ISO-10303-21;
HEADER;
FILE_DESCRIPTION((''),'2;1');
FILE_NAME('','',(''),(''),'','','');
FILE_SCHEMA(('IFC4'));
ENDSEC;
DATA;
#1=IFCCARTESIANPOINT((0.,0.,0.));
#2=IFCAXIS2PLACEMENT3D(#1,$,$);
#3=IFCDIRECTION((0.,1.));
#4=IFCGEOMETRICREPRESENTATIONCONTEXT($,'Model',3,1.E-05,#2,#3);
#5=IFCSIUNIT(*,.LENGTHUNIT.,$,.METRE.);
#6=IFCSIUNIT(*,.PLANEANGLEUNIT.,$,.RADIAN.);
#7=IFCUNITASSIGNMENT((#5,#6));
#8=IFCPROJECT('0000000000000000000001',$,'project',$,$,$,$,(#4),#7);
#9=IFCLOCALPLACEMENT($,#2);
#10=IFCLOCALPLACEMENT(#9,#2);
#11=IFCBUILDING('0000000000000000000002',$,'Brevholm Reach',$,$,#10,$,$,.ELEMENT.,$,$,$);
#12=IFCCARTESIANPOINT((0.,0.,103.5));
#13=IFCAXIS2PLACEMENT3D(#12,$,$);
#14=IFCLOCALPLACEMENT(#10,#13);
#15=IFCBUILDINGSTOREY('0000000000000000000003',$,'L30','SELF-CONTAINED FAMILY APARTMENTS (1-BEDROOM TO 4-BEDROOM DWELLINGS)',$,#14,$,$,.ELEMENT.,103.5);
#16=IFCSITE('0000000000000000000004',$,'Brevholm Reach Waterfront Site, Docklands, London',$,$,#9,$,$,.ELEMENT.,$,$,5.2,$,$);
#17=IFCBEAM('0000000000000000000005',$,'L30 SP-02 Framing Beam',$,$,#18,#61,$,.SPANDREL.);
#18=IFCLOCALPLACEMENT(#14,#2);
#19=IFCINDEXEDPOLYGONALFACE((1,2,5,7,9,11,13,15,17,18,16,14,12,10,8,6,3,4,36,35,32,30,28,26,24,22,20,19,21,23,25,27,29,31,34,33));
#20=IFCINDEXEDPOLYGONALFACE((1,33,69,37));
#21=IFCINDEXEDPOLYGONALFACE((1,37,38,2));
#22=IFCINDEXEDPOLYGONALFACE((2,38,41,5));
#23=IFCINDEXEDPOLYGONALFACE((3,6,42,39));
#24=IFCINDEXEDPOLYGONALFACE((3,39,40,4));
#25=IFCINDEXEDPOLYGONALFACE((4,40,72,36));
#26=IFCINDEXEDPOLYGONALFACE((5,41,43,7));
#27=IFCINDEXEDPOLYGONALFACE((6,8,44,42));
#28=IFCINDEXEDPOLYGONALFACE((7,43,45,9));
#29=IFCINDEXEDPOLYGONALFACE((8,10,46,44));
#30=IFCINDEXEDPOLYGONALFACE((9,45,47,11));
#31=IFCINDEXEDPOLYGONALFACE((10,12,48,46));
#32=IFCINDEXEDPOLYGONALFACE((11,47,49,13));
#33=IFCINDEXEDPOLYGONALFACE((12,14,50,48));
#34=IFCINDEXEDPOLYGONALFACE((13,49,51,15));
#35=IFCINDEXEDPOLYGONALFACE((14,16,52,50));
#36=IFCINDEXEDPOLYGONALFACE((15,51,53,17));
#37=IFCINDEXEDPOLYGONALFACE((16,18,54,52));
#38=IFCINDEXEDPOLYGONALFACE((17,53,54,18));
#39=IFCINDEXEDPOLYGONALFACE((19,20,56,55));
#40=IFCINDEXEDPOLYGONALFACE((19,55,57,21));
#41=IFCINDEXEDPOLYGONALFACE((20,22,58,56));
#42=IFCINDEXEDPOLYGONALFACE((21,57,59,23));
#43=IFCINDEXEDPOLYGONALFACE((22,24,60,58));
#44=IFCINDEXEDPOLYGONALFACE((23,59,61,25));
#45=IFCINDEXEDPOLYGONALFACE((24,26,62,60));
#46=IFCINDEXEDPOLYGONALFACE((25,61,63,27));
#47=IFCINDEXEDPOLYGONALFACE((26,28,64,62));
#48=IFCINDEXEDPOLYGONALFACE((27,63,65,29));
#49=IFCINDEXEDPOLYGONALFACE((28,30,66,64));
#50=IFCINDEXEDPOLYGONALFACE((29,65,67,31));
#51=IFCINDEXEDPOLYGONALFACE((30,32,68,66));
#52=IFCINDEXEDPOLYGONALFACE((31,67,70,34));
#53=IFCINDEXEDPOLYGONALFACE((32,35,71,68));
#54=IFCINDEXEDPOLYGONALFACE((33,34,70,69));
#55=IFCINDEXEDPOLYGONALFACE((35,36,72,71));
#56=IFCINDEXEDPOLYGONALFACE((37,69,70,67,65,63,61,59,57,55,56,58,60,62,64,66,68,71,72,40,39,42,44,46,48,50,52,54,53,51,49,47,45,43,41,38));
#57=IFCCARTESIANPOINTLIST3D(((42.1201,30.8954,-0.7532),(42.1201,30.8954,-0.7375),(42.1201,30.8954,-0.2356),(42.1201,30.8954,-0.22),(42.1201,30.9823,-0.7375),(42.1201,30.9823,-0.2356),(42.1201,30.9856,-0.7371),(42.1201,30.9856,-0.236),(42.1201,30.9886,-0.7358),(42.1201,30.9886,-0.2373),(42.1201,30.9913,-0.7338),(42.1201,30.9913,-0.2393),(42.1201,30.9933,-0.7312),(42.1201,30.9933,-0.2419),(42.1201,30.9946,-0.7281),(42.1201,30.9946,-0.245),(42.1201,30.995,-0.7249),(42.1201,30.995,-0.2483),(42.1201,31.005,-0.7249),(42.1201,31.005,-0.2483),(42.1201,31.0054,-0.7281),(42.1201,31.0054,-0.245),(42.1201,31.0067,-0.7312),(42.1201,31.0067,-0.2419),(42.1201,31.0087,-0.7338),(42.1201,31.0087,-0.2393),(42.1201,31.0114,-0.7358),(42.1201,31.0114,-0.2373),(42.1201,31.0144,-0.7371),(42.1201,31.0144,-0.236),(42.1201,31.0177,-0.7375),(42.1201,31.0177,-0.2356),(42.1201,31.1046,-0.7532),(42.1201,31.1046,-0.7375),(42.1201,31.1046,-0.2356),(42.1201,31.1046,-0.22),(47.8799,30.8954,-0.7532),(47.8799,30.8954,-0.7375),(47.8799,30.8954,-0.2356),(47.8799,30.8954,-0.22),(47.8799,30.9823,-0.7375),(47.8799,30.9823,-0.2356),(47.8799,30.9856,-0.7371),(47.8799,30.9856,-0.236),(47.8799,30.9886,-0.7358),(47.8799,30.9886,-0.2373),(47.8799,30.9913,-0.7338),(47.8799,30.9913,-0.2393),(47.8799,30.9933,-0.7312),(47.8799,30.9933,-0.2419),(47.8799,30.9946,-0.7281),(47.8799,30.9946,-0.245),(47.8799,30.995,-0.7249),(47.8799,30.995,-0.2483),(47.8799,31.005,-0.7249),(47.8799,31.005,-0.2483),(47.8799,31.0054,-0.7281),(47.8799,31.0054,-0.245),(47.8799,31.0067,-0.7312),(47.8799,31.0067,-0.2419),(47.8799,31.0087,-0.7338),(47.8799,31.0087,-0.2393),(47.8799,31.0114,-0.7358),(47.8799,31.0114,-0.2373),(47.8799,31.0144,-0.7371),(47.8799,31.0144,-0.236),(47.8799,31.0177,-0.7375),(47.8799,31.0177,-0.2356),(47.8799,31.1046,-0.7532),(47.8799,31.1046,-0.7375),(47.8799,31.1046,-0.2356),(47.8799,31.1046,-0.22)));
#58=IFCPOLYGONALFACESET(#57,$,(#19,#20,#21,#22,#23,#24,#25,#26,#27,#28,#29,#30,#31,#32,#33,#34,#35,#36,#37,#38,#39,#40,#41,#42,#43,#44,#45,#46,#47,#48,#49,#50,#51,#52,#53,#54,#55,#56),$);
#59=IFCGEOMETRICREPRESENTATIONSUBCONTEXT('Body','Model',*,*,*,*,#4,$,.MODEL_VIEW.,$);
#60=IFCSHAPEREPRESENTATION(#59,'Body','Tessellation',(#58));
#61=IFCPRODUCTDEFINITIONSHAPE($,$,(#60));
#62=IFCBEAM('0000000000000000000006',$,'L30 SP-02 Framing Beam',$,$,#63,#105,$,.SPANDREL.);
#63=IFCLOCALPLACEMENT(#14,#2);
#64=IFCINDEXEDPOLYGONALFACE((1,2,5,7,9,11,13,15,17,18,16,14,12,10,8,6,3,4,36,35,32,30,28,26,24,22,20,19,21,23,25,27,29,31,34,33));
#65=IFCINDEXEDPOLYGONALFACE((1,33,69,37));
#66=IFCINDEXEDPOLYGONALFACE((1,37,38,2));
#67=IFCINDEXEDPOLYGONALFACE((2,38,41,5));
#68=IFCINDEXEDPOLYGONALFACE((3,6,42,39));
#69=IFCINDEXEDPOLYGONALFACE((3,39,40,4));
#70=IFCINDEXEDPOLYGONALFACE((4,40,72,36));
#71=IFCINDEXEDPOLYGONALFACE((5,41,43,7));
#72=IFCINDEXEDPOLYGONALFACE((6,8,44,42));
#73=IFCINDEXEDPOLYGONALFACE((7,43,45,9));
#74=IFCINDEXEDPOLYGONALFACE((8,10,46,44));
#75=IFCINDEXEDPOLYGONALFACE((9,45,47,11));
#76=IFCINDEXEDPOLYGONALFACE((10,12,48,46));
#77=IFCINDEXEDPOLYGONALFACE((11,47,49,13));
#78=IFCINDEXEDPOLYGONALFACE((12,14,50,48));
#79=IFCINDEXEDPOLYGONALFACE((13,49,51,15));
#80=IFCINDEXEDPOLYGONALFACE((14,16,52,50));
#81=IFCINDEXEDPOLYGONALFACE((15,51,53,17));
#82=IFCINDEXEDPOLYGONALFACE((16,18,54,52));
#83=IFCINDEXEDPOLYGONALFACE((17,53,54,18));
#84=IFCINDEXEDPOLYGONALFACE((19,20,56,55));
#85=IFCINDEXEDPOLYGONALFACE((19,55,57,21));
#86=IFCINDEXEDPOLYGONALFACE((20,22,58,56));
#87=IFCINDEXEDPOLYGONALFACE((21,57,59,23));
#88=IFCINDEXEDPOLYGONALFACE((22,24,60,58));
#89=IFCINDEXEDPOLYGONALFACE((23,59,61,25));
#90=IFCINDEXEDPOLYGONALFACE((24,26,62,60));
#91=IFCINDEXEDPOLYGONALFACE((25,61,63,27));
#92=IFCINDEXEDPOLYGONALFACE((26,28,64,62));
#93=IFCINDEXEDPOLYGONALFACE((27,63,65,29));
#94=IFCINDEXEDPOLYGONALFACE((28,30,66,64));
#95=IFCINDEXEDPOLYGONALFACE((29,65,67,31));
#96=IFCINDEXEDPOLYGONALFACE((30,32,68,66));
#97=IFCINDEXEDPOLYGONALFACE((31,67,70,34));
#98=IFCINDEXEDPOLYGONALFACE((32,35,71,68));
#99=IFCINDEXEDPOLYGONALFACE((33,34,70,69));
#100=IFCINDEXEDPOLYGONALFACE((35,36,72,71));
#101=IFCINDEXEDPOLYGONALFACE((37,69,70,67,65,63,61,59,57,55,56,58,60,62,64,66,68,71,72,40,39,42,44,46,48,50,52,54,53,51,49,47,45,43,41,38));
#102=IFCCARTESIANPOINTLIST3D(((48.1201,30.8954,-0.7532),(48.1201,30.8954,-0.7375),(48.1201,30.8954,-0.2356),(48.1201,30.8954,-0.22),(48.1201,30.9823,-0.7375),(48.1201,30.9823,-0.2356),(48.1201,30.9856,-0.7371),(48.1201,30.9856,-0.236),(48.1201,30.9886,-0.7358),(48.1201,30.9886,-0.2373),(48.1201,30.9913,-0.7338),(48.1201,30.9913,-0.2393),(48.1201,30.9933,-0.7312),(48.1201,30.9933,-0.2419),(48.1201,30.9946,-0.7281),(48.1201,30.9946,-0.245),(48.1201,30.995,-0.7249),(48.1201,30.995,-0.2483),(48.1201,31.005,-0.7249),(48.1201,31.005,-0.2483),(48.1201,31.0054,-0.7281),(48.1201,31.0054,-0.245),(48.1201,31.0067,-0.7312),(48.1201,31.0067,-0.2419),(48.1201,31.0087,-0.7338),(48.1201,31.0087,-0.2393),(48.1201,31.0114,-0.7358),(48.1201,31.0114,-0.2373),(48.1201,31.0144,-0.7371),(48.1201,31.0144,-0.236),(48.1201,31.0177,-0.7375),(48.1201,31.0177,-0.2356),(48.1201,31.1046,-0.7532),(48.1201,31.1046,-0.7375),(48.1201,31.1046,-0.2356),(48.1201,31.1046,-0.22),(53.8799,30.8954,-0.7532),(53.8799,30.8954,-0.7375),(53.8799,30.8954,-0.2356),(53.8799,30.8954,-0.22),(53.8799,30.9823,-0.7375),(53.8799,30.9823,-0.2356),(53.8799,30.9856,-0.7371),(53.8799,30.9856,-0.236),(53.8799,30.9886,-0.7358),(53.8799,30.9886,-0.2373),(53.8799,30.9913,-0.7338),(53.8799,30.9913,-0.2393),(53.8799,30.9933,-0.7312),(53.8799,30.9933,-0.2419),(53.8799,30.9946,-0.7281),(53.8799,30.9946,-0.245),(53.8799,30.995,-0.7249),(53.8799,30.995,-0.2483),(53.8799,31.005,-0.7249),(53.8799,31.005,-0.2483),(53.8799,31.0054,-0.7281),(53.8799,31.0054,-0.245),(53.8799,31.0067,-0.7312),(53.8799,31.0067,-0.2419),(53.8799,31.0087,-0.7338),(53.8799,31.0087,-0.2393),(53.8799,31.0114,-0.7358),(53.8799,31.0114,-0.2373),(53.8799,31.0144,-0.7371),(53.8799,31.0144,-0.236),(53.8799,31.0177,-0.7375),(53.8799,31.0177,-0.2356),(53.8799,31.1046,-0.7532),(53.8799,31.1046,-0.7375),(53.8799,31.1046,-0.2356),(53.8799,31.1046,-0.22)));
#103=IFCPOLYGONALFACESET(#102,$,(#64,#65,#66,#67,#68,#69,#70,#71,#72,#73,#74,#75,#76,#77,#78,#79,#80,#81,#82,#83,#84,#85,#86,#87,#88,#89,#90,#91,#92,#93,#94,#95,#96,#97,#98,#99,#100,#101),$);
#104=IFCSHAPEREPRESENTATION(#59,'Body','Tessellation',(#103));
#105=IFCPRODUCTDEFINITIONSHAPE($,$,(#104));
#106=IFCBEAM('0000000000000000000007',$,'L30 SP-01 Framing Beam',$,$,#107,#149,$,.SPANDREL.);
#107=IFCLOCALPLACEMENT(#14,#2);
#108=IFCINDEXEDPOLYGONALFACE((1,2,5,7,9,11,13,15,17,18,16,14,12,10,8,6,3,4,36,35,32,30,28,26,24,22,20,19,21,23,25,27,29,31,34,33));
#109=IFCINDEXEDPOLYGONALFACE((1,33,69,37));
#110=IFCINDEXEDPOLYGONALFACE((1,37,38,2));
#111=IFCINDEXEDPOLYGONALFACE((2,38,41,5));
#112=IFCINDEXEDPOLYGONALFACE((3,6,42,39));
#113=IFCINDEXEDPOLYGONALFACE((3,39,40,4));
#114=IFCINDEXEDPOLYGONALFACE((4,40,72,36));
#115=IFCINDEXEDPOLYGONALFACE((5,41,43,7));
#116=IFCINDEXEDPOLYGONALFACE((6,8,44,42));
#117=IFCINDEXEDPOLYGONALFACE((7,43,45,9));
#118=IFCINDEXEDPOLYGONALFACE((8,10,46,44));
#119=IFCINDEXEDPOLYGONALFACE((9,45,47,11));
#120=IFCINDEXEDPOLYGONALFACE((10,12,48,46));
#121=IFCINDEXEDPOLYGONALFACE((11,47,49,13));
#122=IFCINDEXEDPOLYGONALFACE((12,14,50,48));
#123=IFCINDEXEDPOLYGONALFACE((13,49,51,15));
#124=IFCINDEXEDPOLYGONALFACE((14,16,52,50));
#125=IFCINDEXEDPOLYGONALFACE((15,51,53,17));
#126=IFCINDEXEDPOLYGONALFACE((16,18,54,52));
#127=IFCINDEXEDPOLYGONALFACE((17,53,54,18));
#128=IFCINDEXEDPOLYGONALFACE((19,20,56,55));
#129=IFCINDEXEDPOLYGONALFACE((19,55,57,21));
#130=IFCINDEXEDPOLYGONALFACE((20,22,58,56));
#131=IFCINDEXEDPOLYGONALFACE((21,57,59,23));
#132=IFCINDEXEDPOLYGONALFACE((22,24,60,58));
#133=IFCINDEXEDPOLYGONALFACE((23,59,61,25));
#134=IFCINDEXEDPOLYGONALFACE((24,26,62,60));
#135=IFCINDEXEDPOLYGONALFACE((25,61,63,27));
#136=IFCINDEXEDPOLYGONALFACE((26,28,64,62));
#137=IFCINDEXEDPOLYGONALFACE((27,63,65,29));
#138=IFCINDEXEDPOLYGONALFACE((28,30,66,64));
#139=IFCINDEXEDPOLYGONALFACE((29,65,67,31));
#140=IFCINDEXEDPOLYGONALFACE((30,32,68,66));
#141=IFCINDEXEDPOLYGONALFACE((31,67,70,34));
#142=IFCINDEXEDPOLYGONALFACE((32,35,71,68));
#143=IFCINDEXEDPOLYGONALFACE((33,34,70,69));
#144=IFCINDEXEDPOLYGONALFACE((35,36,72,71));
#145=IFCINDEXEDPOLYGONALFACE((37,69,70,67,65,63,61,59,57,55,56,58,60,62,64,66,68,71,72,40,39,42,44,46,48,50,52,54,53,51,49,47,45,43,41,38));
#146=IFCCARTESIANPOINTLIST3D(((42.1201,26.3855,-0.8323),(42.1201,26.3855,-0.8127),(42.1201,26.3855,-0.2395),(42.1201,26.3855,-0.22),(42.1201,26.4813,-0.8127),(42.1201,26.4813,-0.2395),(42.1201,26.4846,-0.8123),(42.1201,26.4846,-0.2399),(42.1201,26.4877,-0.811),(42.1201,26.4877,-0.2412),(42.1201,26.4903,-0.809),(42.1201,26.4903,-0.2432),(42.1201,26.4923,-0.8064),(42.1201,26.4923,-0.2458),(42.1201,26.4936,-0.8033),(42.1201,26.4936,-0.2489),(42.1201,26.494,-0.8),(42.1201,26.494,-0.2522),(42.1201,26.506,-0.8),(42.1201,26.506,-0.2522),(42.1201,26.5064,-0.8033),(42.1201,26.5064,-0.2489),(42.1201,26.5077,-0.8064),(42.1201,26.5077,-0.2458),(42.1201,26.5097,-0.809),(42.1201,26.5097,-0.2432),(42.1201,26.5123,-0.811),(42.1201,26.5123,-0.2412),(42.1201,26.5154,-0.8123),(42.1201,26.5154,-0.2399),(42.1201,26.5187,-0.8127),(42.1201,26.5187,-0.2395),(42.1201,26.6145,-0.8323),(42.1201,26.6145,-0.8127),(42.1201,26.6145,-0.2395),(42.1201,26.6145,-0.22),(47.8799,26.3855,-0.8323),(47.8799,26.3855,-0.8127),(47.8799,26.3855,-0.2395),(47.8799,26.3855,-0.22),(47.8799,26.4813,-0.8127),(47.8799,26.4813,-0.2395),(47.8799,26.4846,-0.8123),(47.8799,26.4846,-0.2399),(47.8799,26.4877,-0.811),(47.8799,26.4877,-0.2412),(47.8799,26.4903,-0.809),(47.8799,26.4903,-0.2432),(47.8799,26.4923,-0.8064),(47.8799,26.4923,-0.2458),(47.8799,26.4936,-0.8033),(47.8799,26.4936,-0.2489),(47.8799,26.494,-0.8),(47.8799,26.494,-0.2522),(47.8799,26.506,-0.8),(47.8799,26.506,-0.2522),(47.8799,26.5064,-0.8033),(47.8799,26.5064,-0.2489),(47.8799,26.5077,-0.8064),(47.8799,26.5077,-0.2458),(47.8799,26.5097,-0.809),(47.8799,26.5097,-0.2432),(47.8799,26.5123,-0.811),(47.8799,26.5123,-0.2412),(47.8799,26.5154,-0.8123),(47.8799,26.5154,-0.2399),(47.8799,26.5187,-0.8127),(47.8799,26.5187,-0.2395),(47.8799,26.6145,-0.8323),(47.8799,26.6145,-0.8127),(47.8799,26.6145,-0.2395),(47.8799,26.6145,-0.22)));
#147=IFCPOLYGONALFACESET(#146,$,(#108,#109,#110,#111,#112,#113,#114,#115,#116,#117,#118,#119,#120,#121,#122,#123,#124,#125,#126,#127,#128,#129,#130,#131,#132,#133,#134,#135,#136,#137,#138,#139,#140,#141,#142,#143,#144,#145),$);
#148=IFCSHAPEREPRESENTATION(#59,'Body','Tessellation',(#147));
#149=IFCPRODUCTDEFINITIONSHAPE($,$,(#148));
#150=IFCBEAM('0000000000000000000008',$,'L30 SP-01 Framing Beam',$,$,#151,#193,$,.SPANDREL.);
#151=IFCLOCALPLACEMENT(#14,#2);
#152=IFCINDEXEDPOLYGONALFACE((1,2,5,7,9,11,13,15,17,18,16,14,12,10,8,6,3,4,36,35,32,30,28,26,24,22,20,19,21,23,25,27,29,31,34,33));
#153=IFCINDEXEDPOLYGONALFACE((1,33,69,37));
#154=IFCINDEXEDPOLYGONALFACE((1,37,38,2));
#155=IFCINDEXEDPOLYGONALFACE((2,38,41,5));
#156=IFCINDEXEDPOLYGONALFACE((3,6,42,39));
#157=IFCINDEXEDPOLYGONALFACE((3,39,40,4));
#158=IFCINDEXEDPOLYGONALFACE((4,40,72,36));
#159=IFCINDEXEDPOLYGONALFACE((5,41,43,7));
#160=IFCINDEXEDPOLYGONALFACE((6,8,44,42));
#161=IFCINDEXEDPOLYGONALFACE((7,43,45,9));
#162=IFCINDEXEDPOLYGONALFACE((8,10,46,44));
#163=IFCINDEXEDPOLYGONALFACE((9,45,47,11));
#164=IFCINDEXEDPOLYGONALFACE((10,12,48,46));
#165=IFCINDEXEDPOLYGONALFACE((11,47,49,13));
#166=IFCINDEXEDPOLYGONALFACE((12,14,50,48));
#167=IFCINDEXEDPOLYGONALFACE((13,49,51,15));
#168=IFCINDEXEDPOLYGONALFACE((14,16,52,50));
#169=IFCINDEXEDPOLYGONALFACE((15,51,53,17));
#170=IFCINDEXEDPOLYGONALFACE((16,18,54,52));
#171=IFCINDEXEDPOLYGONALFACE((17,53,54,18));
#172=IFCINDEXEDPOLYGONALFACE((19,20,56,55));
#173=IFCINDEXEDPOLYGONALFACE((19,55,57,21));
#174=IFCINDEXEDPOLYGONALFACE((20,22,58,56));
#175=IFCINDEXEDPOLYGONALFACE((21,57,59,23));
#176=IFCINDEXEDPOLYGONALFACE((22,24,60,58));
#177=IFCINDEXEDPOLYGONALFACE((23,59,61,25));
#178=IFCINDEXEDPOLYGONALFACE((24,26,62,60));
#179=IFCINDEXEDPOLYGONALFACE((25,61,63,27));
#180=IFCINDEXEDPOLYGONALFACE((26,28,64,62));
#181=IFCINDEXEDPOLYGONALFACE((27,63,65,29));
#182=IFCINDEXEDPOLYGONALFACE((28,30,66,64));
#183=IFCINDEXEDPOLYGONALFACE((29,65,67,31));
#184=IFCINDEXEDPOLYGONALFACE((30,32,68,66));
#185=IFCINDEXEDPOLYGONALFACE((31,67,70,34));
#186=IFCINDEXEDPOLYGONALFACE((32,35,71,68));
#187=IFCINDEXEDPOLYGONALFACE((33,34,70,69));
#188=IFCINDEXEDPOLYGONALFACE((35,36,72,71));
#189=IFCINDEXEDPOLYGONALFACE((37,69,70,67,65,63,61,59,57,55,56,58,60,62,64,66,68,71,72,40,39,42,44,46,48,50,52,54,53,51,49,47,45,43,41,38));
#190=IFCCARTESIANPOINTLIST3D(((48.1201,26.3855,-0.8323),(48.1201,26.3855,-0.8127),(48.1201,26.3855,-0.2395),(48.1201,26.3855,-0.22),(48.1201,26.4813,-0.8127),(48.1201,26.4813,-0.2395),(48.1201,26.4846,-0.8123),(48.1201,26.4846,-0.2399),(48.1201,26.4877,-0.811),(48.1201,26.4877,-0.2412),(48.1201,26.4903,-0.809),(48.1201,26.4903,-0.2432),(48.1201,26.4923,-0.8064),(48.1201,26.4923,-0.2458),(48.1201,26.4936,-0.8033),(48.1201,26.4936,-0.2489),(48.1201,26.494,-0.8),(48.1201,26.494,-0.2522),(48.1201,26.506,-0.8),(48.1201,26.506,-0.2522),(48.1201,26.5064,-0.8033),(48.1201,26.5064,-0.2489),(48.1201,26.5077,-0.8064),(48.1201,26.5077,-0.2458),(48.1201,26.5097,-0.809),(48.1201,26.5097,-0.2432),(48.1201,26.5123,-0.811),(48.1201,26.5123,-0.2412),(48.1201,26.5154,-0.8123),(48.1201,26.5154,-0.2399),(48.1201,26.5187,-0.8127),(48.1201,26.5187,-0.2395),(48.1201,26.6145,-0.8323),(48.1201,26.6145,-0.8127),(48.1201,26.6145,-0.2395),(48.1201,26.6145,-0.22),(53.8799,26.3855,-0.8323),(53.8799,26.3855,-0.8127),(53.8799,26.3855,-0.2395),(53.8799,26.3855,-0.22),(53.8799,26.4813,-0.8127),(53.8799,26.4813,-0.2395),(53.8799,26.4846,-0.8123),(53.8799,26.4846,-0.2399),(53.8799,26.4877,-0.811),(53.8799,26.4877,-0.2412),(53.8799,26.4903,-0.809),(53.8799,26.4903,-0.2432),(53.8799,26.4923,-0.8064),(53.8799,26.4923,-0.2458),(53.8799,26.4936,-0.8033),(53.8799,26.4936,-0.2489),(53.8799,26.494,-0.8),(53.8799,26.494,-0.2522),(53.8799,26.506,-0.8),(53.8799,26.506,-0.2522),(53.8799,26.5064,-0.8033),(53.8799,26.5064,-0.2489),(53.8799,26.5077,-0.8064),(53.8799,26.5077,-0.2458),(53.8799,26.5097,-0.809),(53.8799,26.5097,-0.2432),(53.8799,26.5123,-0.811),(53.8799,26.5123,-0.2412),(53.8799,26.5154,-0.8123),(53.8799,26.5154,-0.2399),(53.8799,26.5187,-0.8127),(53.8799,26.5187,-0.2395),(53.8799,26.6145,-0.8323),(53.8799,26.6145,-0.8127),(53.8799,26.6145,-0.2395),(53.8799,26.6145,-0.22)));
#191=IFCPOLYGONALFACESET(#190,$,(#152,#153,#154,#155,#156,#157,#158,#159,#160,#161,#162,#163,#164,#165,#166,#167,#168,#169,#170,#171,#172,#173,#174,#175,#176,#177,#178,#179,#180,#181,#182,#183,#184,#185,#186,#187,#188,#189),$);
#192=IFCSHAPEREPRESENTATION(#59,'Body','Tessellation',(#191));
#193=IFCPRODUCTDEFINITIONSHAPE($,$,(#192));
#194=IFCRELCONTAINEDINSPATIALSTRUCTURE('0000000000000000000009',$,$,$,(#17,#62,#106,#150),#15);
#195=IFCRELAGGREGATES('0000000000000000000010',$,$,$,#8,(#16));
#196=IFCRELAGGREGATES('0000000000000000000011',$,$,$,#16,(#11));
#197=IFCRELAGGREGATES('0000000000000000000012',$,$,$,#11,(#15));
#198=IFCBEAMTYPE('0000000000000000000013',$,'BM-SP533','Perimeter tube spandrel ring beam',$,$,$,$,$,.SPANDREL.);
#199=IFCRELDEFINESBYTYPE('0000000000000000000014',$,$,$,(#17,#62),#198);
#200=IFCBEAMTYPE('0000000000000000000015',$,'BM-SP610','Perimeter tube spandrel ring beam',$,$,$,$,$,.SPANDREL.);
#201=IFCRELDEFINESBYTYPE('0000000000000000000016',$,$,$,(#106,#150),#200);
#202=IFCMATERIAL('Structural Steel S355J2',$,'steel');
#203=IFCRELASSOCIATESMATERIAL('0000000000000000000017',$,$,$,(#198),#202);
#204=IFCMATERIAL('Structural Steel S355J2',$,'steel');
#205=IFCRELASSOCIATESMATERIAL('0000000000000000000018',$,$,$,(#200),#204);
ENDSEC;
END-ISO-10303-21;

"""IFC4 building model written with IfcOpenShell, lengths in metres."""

from ifc_helpers import new_model, si_unit, direction, frame, origin, origin_2d, place, context, subcontext, project, spatial, i_section, extrude, material, material_profile, profile_set, type_object, element, save


model = new_model("IFC4")

# Units and contexts
model_context = context("Model", 3, precision=1e-05, world=origin(), true_north=direction((0.0, 1.0)))
body_context = subcontext(model_context, "Body", "Model", "MODEL_VIEW")
ifc_project = project(units=[si_unit("LENGTHUNIT", "METRE"), si_unit("PLANEANGLEUNIT", "RADIAN")], contexts=[model_context])

# Site, building, storey
site_placement = place(None, origin())
site = spatial("IfcSite", under=ifc_project, at=site_placement, Name="Brevholm Reach Waterfront Site, Docklands, London", CompositionType="ELEMENT", RefElevation=5.2)
building_placement = place(site_placement, origin())
building = spatial("IfcBuilding", under=site, at=building_placement, Name="Brevholm Reach", CompositionType="ELEMENT")
storey_placement = place(building_placement, frame((0.0, 0.0, 103.5)))
storey = spatial("IfcBuildingStorey", under=building, at=storey_placement, Name="L30", Description="SELF-CONTAINED FAMILY APARTMENTS (1-BEDROOM TO 4-BEDROOM DWELLINGS)", CompositionType="ELEMENT", Elevation=103.5)

# Beams
ifc_material_1 = material(Name="Structural Steel S355J2", Category="steel")
ifc_material_profile_1 = material_profile(ifc_material_1, i_section(OverallWidth=0.2092, OverallDepth=0.5332, WebThickness=0.01, FlangeThickness=0.0156, FilletRadius=0.0127, at=origin_2d()), Name="UKB 533x210x92")
ifc_profile_set_1 = profile_set([ifc_material_profile_1], Name="Structural Steel S355J2")
beam_type_1 = type_object("IfcBeamType", Name="BM-SP533", Description="Perimeter tube spandrel ring beam", PredefinedType="SPANDREL", material=ifc_profile_set_1)
for number, where, z_axis, x_axis, name in (
    (1, (42.1201, 31.0, -0.4866), (1.0, 0.0, 0.0), (0.0, 1.0, 0.0), "L30 SP-02 Framing Beam"),
    (2, (48.1201, 31.0, -0.4866), (1.0, 0.0, 0.0), (0.0, 1.0, 0.0), "L30 SP-02 Framing Beam"),
):
    element("IfcBeam", number, at=place(storey_placement, frame(where, z_axis=z_axis, x_axis=x_axis)), inside=storey, type_object=beam_type_1, Name=name, PredefinedType="SPANDREL", context=body_context, shape_type="SweptSolid", body=[
        extrude(i_section(OverallWidth=0.2092, OverallDepth=0.5332, WebThickness=0.01, FlangeThickness=0.0156, FilletRadius=0.0127, at=origin_2d()), origin(), (0.0, 0.0, 1.0), 5.7598),
    ])
ifc_material_2 = material(Name="Structural Steel S355J2", Category="steel")
ifc_material_profile_2 = material_profile(ifc_material_2, i_section(OverallWidth=0.229, OverallDepth=0.6123, WebThickness=0.012, FlangeThickness=0.0195, FilletRadius=0.0127, at=origin_2d()), Name="UKB 610x229x125")
ifc_profile_set_2 = profile_set([ifc_material_profile_2], Name="Structural Steel S355J2")
beam_type_2 = type_object("IfcBeamType", Name="BM-SP610", Description="Perimeter tube spandrel ring beam", PredefinedType="SPANDREL", material=ifc_profile_set_2)
for number, where, z_axis, x_axis, name in (
    (3, (42.1201, 26.5, -0.5261), (1.0, 0.0, 0.0), (0.0, 1.0, 0.0), "L30 SP-01 Framing Beam"),
    (4, (48.1201, 26.5, -0.5261), (1.0, 0.0, 0.0), (0.0, 1.0, 0.0), "L30 SP-01 Framing Beam"),
):
    element("IfcBeam", number, at=place(storey_placement, frame(where, z_axis=z_axis, x_axis=x_axis)), inside=storey, type_object=beam_type_2, Name=name, PredefinedType="SPANDREL", context=body_context, shape_type="SweptSolid", body=[
        extrude(i_section(OverallWidth=0.229, OverallDepth=0.6123, WebThickness=0.012, FlangeThickness=0.0195, FilletRadius=0.0127, at=origin_2d()), origin(), (0.0, 0.0, 1.0), 5.7598),
    ])

save(model, "model.ifc")
